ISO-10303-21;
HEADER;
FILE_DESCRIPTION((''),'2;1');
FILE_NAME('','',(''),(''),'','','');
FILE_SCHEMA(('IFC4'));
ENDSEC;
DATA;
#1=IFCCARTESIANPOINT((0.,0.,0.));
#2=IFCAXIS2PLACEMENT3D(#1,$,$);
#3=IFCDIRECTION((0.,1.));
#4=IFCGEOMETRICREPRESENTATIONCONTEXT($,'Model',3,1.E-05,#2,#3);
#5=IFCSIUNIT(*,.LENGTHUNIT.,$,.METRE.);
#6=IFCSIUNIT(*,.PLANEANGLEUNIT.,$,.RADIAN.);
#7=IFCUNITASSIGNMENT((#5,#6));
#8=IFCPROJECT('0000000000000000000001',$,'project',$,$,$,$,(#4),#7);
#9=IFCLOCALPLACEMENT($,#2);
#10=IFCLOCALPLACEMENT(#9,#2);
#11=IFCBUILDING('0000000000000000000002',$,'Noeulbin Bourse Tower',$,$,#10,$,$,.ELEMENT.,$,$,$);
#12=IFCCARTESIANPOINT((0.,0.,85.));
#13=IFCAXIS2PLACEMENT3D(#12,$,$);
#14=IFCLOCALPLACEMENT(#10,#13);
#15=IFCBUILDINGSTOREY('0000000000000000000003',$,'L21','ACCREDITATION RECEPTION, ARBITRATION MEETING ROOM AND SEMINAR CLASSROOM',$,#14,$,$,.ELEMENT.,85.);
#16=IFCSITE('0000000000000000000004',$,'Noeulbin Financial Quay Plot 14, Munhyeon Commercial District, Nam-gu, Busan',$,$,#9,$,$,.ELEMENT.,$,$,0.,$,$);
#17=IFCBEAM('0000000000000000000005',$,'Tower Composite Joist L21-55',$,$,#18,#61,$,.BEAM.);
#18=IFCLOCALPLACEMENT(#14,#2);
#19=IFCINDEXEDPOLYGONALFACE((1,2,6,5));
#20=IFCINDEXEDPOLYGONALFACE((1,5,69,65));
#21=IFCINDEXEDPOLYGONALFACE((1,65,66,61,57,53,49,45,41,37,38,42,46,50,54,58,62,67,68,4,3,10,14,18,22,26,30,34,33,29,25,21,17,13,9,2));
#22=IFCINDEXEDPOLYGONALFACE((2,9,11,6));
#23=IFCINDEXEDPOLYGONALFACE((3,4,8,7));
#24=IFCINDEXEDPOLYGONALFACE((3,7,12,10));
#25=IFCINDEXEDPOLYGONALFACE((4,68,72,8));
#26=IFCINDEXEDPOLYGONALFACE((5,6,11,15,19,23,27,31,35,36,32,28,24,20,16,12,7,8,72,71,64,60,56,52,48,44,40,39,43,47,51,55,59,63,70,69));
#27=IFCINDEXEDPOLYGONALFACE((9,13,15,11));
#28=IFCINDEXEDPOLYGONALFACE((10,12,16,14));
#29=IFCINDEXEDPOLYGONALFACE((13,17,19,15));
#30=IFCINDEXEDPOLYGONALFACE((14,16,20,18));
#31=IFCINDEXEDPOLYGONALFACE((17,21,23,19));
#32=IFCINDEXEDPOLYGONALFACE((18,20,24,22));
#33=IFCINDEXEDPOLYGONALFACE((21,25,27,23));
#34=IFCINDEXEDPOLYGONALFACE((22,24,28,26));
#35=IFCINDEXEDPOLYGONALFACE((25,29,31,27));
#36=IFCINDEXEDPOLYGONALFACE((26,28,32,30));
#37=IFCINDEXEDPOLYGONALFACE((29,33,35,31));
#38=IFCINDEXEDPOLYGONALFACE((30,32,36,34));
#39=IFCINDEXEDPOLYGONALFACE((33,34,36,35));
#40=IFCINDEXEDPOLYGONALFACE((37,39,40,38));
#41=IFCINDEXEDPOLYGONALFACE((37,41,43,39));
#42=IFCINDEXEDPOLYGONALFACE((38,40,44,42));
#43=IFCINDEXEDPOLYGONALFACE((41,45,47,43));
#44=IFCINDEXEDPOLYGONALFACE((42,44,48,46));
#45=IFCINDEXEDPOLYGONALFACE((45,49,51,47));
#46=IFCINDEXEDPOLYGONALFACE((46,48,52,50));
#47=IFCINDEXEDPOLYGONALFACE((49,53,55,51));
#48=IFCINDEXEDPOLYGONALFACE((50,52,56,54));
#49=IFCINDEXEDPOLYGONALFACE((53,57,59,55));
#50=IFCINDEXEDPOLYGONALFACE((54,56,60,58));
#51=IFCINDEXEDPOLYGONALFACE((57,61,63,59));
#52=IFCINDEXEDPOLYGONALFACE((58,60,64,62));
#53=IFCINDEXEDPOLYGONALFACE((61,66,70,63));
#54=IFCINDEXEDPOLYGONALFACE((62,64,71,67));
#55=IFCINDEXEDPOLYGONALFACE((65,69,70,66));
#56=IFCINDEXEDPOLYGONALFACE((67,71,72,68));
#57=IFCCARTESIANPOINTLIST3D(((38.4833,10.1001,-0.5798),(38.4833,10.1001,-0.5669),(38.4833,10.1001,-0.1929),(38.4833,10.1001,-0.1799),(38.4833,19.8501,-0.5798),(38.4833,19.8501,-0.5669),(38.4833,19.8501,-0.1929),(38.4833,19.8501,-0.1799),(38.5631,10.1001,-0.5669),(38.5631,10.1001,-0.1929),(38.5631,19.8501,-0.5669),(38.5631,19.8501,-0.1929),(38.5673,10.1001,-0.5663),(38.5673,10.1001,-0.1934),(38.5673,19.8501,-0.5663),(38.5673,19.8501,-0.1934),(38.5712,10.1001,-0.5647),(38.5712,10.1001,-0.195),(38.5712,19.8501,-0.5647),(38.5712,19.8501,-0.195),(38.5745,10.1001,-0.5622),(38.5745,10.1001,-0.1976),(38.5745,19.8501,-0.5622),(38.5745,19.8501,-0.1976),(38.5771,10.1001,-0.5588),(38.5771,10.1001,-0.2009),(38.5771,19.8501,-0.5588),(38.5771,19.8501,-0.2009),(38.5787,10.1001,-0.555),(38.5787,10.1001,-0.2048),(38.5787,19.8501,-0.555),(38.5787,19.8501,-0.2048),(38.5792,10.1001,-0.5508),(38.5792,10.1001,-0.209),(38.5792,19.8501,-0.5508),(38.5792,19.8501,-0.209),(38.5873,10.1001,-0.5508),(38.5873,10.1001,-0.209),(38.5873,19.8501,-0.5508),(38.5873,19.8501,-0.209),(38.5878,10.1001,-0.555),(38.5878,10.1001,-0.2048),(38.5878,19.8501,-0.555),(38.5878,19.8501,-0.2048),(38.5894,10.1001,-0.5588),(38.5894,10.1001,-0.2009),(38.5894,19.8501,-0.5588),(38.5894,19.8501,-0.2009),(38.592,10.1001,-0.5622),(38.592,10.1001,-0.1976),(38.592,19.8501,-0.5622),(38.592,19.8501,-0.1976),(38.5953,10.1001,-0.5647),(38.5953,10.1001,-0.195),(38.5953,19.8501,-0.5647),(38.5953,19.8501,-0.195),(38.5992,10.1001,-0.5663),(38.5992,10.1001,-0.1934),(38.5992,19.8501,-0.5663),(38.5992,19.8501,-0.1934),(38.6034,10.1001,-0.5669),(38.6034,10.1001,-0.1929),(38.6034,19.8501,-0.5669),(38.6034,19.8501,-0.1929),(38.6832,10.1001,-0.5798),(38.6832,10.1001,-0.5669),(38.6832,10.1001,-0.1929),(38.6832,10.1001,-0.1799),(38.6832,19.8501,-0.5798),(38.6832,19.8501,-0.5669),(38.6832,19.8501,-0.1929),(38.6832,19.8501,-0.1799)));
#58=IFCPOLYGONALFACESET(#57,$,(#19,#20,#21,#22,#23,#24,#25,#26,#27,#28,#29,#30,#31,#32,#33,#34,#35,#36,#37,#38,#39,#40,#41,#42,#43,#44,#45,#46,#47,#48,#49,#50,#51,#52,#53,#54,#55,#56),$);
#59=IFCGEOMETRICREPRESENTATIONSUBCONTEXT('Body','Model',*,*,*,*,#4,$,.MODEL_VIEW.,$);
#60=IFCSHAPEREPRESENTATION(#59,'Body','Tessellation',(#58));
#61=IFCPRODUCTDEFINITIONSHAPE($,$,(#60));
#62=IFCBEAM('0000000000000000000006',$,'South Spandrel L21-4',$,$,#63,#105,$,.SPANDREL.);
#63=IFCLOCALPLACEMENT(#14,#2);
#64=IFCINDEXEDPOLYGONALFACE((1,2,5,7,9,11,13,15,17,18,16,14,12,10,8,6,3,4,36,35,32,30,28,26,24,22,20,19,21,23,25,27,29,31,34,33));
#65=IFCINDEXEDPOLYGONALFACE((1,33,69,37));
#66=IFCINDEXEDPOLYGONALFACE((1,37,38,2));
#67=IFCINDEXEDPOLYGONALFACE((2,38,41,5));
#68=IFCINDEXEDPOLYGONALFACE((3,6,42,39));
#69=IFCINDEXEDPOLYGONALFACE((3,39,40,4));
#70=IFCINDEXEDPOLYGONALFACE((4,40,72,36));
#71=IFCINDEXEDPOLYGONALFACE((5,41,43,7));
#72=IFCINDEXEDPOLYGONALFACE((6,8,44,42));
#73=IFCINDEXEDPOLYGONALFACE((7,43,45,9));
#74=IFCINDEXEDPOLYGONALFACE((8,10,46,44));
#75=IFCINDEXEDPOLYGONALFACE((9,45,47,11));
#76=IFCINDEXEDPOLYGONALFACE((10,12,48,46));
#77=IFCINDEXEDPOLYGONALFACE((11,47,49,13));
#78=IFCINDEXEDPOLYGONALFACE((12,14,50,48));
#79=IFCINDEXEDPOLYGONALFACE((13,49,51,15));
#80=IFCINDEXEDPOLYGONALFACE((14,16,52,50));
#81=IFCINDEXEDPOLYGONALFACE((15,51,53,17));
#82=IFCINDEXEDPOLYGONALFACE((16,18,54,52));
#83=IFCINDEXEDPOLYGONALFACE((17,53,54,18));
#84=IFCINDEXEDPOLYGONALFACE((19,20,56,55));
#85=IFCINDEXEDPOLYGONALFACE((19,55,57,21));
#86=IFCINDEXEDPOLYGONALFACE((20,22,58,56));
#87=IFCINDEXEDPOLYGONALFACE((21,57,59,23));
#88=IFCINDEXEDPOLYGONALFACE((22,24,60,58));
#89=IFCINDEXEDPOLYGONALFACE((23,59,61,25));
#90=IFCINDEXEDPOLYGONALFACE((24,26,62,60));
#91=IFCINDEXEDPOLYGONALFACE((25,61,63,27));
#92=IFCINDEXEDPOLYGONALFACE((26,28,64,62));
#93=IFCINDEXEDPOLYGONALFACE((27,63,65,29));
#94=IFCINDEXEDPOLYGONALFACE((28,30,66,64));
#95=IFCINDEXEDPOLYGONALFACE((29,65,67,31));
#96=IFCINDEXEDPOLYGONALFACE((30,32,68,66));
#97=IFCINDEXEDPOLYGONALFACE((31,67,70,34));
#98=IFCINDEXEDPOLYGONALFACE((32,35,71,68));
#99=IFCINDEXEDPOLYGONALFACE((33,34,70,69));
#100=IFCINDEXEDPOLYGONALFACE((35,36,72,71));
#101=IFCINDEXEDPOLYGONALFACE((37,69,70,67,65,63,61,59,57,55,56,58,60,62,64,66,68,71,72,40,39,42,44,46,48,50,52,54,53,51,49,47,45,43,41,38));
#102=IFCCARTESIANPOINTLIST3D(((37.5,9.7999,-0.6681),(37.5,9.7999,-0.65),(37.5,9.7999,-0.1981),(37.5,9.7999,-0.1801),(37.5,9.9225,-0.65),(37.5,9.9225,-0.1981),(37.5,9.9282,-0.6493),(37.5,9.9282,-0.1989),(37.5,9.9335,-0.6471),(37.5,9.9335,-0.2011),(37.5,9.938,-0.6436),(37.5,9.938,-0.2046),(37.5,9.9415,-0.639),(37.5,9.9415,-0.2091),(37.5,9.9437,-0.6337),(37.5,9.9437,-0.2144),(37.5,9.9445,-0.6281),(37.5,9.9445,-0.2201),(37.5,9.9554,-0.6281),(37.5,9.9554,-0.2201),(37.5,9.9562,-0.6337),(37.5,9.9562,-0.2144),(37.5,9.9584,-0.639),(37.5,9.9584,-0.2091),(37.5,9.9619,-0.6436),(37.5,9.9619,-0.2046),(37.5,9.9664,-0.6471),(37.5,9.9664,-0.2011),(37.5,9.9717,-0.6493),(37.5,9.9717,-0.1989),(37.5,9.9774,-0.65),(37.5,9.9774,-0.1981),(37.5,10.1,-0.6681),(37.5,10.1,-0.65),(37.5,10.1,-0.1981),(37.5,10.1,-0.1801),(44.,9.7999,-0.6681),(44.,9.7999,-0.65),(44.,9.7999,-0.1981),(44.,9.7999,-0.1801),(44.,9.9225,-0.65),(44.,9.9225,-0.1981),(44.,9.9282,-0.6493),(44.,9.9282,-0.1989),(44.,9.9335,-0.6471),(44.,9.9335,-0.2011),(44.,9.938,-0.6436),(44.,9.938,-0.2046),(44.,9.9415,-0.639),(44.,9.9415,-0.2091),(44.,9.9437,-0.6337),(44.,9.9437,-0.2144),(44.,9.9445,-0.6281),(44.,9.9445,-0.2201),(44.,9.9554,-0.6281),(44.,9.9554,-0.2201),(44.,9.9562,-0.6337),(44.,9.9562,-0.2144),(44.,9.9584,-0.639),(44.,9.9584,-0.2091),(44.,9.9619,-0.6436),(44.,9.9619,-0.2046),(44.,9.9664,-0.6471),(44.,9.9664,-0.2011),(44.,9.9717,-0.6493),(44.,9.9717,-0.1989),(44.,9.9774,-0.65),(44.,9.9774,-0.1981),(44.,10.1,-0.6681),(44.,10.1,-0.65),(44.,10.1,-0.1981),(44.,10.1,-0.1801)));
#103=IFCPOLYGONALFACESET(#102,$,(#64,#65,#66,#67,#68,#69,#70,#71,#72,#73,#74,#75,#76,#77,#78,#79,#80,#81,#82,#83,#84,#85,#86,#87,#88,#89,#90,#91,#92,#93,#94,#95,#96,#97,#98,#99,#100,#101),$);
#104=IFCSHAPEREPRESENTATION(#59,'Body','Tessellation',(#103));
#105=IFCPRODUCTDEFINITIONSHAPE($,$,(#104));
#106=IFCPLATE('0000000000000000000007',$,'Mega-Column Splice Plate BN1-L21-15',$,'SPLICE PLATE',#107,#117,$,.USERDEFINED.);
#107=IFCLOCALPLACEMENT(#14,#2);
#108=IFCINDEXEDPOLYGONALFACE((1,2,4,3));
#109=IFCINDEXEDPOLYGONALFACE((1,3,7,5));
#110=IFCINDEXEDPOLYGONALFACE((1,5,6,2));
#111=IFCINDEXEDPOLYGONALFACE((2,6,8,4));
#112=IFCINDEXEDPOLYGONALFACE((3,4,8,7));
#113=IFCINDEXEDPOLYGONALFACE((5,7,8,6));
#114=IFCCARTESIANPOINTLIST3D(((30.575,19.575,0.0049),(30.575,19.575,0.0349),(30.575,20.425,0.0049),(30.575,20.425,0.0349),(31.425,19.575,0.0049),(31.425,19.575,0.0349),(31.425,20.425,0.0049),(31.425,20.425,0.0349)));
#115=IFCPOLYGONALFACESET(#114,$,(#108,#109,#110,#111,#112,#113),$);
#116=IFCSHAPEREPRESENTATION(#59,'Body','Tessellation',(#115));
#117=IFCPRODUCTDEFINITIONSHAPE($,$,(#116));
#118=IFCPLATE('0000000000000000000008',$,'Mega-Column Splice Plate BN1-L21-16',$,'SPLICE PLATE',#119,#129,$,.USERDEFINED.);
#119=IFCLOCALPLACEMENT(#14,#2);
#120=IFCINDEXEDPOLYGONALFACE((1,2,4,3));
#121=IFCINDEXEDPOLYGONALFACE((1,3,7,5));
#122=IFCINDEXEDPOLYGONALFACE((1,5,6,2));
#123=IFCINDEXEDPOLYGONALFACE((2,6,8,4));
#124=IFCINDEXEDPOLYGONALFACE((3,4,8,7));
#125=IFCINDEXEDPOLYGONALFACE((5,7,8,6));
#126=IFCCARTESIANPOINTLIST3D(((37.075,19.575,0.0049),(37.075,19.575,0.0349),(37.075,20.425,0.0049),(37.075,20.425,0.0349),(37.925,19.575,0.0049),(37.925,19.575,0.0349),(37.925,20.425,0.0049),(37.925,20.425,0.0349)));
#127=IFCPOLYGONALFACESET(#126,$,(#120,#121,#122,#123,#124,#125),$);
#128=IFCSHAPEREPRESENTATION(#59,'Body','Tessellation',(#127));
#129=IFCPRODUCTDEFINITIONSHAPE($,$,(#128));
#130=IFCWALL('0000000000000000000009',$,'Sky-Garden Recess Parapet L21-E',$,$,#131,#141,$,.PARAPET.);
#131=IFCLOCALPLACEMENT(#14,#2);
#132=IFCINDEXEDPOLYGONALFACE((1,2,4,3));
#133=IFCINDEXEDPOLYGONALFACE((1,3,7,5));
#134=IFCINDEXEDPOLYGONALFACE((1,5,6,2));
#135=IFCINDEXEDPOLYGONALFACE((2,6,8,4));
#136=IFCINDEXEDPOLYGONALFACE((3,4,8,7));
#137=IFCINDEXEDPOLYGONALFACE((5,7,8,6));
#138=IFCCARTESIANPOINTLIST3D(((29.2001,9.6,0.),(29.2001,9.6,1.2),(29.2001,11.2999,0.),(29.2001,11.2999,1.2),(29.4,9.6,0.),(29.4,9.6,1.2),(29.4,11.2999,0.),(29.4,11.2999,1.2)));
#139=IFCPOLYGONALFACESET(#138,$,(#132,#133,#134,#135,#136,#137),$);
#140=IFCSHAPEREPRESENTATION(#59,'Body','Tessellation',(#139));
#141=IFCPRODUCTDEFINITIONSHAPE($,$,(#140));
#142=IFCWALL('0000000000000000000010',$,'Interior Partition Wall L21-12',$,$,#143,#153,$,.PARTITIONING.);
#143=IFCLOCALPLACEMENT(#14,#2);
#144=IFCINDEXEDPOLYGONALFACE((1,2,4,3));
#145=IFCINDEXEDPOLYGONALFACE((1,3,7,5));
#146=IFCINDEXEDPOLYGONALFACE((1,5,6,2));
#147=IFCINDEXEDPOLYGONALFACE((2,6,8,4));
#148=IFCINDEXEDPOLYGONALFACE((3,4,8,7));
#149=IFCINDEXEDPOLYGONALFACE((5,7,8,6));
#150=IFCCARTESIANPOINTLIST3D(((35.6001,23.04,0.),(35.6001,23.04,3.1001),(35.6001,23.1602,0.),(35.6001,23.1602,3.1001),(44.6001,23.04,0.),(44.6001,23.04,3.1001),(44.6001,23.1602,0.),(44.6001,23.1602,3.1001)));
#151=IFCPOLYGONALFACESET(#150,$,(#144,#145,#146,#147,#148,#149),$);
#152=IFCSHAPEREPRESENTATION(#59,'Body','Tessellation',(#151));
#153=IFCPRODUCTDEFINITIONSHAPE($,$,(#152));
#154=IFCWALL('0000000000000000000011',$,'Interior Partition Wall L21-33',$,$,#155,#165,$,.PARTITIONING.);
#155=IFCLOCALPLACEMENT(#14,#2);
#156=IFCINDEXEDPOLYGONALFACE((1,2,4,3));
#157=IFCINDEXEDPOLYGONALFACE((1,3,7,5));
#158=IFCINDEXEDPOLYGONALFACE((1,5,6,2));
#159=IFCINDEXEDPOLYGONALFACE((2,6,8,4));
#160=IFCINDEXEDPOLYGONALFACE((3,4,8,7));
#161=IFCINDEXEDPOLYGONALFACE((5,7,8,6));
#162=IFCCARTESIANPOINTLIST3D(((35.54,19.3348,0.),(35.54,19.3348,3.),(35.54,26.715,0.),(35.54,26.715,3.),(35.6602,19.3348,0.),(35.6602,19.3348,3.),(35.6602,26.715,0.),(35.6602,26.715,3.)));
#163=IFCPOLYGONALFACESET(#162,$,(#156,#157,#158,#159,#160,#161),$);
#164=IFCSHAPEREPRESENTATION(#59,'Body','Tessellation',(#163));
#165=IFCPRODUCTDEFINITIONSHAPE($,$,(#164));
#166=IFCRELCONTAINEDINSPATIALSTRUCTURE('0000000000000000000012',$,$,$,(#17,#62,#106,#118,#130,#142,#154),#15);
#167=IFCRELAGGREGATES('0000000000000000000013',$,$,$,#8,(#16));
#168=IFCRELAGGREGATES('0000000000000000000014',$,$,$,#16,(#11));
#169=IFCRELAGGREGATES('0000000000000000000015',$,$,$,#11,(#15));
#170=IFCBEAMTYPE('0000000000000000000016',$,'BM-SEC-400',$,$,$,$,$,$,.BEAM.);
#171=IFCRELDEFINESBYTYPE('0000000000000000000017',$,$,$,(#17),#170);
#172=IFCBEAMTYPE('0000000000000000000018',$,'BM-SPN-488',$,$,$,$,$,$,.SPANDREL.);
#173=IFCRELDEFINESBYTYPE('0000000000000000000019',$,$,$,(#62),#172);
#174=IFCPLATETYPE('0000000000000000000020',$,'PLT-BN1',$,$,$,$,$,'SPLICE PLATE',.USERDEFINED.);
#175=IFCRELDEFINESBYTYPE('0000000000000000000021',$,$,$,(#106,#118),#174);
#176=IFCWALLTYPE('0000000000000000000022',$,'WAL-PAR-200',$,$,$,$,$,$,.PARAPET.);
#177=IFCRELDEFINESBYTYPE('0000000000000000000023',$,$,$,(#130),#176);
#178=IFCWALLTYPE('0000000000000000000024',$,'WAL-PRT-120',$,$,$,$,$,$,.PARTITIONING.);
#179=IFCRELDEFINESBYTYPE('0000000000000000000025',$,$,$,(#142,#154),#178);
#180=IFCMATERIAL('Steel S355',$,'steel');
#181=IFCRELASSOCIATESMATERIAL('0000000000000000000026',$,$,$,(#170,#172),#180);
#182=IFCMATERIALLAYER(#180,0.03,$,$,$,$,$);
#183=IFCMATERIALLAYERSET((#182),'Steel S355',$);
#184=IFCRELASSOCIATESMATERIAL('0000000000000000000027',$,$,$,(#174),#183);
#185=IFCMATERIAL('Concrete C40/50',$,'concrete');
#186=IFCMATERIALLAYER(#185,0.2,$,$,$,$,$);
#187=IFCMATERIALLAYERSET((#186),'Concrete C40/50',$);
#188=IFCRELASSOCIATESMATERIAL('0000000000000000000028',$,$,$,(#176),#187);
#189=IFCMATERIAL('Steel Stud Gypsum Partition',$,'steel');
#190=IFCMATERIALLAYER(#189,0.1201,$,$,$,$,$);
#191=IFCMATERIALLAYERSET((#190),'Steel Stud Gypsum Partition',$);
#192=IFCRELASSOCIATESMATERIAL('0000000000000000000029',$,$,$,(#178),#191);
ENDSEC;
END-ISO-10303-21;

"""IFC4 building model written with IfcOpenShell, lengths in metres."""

from ifc_helpers import new_model, si_unit, direction, frame, frame_2d, origin, origin_2d, place, context, subcontext, project, spatial, rectangle, i_section, extrude, material, layer, layer_set, material_profile, profile_set, type_object, element, save


model = new_model("IFC4")

# Units and contexts
model_context = context("Model", 3, precision=1e-05, world=origin(), true_north=direction((0.0, 1.0)))
body_context = subcontext(model_context, "Body", "Model", "MODEL_VIEW")
ifc_project = project(units=[si_unit("LENGTHUNIT", "METRE"), si_unit("PLANEANGLEUNIT", "RADIAN")], contexts=[model_context])

# Site, building, storey
site_placement = place(None, origin())
site = spatial("IfcSite", under=ifc_project, at=site_placement, Name="Noeulbin Financial Quay Plot 14, Munhyeon Commercial District, Nam-gu, Busan", CompositionType="ELEMENT", RefElevation=0.0)
building_placement = place(site_placement, origin())
building = spatial("IfcBuilding", under=site, at=building_placement, Name="Noeulbin Bourse Tower", CompositionType="ELEMENT")
storey_placement = place(building_placement, frame((0.0, 0.0, 85.0)))
storey = spatial("IfcBuildingStorey", under=building, at=storey_placement, Name="L21", Description="ACCREDITATION RECEPTION, ARBITRATION MEETING ROOM AND SEMINAR CLASSROOM", CompositionType="ELEMENT", Elevation=85.0)

# Beams
ifc_material_1 = material(Name="Steel S355", Category="steel")
ifc_material_profile_1 = material_profile(ifc_material_1, i_section(OverallWidth=0.2, OverallDepth=0.3999, WebThickness=0.0081, FlangeThickness=0.0129, FilletRadius=0.0161, at=origin_2d()), Name="H-400x200x8x13", Category="LoadBearing")
ifc_profile_set_1 = profile_set([ifc_material_profile_1], Name="Steel S355")
beam_type_1 = type_object("IfcBeamType", Name="BM-SEC-400", PredefinedType="BEAM", material=ifc_profile_set_1)
beam_1_placement = place(storey_placement, frame((38.5833, 10.1001, -0.3799), z_axis=(0.0, 1.0, 0.0), x_axis=(-1.0, 0.0, 0.0)))
element("IfcBeam", 1, at=beam_1_placement, inside=storey, type_object=beam_type_1, Name="Tower Composite Joist L21-55", PredefinedType="BEAM", context=body_context, shape_type="SweptSolid", body=[
    extrude(i_section(OverallWidth=0.2, OverallDepth=0.3999, WebThickness=0.0081, FlangeThickness=0.0129, FilletRadius=0.0161, at=origin_2d()), origin(), (0.0, 0.0, 1.0), 9.75),
])
ifc_material_profile_2 = material_profile(ifc_material_1, i_section(OverallWidth=0.3, OverallDepth=0.488, WebThickness=0.011, FlangeThickness=0.0181, FilletRadius=0.022, at=origin_2d()), Name="H-488x300x11x18", Category="LoadBearing")
ifc_profile_set_2 = profile_set([ifc_material_profile_2], Name="Steel S355")
beam_type_2 = type_object("IfcBeamType", Name="BM-SPN-488", PredefinedType="SPANDREL", material=ifc_profile_set_2)
beam_2_placement = place(storey_placement, frame((37.5, 9.95, -0.4241), z_axis=(1.0, 0.0, 0.0), x_axis=(0.0, 1.0, 0.0)))
element("IfcBeam", 2, at=beam_2_placement, inside=storey, type_object=beam_type_2, Name="South Spandrel L21-4", PredefinedType="SPANDREL", context=body_context, shape_type="SweptSolid", body=[
    extrude(i_section(OverallWidth=0.3, OverallDepth=0.488, WebThickness=0.011, FlangeThickness=0.0181, FilletRadius=0.022, at=origin_2d()), origin(), (0.0, 0.0, 1.0), 6.5),
])

# Plates
ifc_layer_1 = layer(ifc_material_1, 0.03)
ifc_layer_set_1 = layer_set([ifc_layer_1], Name="Steel S355")
plate_type = type_object("IfcPlateType", Name="PLT-BN1", ElementType="SPLICE PLATE", PredefinedType="USERDEFINED", material=ifc_layer_set_1)
for number, where, z_axis, x_axis, name in (
    (3, (31.0, 20.0, 0.0049), (0.0, 0.0, 1.0), (1.0, 0.0, 0.0), "Mega-Column Splice Plate BN1-L21-15"),
    (4, (37.5, 20.0, 0.0049), (0.0, 0.0, 1.0), (1.0, 0.0, 0.0), "Mega-Column Splice Plate BN1-L21-16"),
):
    element("IfcPlate", number, at=place(storey_placement, frame(where, z_axis=z_axis, x_axis=x_axis)), inside=storey, type_object=plate_type, Name=name, ObjectType="SPLICE PLATE", PredefinedType="USERDEFINED", context=body_context, shape_type="SweptSolid", body=[
        extrude(rectangle(XDim=0.8501, YDim=0.8501, at=origin_2d()), origin(), (0.0, 0.0, 1.0), 0.03),
    ])

# Walls
ifc_material_2 = material(Name="Concrete C40/50", Category="concrete")
ifc_layer_2 = layer(ifc_material_2, 0.2)
ifc_layer_set_2 = layer_set([ifc_layer_2], Name="Concrete C40/50")
wall_type_1 = type_object("IfcWallType", Name="WAL-PAR-200", PredefinedType="PARAPET", material=ifc_layer_set_2)
wall_1_placement = place(storey_placement, frame((29.3, 11.3, 0.0), z_axis=(0.0, 0.0, 1.0), x_axis=(0.0, -1.0, 0.0)))
element("IfcWall", 5, at=wall_1_placement, inside=storey, type_object=wall_type_1, Name="Sky-Garden Recess Parapet L21-E", PredefinedType="PARAPET", context=body_context, shape_type="SweptSolid", body=[
    extrude(rectangle(XDim=1.7, YDim=0.2, at=frame_2d((0.8501, 0.0))), origin(), (0.0, 0.0, 1.0), 1.2),
])
ifc_material_3 = material(Name="Steel Stud Gypsum Partition", Category="steel")
ifc_layer_3 = layer(ifc_material_3, 0.1201)
ifc_layer_set_3 = layer_set([ifc_layer_3], Name="Steel Stud Gypsum Partition")
wall_type_2 = type_object("IfcWallType", Name="WAL-PRT-120", PredefinedType="PARTITIONING", material=ifc_layer_set_3)
wall_2_placement = place(storey_placement, frame((35.6001, 23.1001, 0.0), z_axis=(0.0, 0.0, 1.0), x_axis=(1.0, 0.0, 0.0)))
element("IfcWall", 6, at=wall_2_placement, inside=storey, type_object=wall_type_2, Name="Interior Partition Wall L21-12", PredefinedType="PARTITIONING", context=body_context, shape_type="SweptSolid", body=[
    extrude(rectangle(XDim=9.0, YDim=0.1201, at=frame_2d((4.5, 0.0))), origin(), (0.0, 0.0, 1.0), 3.1001),
])
wall_3_placement = place(storey_placement, frame((35.6001, 19.335, 0.0), z_axis=(0.0, 0.0, 1.0), x_axis=(0.0, 1.0, 0.0)))
element("IfcWall", 7, at=wall_3_placement, inside=storey, type_object=wall_type_2, Name="Interior Partition Wall L21-33", PredefinedType="PARTITIONING", context=body_context, shape_type="SweptSolid", body=[
    extrude(rectangle(XDim=7.3801, YDim=0.1201, at=frame_2d((3.6899, 0.0))), origin(), (0.0, 0.0, 1.0), 3.0),
])

save(model, "model.ifc")
